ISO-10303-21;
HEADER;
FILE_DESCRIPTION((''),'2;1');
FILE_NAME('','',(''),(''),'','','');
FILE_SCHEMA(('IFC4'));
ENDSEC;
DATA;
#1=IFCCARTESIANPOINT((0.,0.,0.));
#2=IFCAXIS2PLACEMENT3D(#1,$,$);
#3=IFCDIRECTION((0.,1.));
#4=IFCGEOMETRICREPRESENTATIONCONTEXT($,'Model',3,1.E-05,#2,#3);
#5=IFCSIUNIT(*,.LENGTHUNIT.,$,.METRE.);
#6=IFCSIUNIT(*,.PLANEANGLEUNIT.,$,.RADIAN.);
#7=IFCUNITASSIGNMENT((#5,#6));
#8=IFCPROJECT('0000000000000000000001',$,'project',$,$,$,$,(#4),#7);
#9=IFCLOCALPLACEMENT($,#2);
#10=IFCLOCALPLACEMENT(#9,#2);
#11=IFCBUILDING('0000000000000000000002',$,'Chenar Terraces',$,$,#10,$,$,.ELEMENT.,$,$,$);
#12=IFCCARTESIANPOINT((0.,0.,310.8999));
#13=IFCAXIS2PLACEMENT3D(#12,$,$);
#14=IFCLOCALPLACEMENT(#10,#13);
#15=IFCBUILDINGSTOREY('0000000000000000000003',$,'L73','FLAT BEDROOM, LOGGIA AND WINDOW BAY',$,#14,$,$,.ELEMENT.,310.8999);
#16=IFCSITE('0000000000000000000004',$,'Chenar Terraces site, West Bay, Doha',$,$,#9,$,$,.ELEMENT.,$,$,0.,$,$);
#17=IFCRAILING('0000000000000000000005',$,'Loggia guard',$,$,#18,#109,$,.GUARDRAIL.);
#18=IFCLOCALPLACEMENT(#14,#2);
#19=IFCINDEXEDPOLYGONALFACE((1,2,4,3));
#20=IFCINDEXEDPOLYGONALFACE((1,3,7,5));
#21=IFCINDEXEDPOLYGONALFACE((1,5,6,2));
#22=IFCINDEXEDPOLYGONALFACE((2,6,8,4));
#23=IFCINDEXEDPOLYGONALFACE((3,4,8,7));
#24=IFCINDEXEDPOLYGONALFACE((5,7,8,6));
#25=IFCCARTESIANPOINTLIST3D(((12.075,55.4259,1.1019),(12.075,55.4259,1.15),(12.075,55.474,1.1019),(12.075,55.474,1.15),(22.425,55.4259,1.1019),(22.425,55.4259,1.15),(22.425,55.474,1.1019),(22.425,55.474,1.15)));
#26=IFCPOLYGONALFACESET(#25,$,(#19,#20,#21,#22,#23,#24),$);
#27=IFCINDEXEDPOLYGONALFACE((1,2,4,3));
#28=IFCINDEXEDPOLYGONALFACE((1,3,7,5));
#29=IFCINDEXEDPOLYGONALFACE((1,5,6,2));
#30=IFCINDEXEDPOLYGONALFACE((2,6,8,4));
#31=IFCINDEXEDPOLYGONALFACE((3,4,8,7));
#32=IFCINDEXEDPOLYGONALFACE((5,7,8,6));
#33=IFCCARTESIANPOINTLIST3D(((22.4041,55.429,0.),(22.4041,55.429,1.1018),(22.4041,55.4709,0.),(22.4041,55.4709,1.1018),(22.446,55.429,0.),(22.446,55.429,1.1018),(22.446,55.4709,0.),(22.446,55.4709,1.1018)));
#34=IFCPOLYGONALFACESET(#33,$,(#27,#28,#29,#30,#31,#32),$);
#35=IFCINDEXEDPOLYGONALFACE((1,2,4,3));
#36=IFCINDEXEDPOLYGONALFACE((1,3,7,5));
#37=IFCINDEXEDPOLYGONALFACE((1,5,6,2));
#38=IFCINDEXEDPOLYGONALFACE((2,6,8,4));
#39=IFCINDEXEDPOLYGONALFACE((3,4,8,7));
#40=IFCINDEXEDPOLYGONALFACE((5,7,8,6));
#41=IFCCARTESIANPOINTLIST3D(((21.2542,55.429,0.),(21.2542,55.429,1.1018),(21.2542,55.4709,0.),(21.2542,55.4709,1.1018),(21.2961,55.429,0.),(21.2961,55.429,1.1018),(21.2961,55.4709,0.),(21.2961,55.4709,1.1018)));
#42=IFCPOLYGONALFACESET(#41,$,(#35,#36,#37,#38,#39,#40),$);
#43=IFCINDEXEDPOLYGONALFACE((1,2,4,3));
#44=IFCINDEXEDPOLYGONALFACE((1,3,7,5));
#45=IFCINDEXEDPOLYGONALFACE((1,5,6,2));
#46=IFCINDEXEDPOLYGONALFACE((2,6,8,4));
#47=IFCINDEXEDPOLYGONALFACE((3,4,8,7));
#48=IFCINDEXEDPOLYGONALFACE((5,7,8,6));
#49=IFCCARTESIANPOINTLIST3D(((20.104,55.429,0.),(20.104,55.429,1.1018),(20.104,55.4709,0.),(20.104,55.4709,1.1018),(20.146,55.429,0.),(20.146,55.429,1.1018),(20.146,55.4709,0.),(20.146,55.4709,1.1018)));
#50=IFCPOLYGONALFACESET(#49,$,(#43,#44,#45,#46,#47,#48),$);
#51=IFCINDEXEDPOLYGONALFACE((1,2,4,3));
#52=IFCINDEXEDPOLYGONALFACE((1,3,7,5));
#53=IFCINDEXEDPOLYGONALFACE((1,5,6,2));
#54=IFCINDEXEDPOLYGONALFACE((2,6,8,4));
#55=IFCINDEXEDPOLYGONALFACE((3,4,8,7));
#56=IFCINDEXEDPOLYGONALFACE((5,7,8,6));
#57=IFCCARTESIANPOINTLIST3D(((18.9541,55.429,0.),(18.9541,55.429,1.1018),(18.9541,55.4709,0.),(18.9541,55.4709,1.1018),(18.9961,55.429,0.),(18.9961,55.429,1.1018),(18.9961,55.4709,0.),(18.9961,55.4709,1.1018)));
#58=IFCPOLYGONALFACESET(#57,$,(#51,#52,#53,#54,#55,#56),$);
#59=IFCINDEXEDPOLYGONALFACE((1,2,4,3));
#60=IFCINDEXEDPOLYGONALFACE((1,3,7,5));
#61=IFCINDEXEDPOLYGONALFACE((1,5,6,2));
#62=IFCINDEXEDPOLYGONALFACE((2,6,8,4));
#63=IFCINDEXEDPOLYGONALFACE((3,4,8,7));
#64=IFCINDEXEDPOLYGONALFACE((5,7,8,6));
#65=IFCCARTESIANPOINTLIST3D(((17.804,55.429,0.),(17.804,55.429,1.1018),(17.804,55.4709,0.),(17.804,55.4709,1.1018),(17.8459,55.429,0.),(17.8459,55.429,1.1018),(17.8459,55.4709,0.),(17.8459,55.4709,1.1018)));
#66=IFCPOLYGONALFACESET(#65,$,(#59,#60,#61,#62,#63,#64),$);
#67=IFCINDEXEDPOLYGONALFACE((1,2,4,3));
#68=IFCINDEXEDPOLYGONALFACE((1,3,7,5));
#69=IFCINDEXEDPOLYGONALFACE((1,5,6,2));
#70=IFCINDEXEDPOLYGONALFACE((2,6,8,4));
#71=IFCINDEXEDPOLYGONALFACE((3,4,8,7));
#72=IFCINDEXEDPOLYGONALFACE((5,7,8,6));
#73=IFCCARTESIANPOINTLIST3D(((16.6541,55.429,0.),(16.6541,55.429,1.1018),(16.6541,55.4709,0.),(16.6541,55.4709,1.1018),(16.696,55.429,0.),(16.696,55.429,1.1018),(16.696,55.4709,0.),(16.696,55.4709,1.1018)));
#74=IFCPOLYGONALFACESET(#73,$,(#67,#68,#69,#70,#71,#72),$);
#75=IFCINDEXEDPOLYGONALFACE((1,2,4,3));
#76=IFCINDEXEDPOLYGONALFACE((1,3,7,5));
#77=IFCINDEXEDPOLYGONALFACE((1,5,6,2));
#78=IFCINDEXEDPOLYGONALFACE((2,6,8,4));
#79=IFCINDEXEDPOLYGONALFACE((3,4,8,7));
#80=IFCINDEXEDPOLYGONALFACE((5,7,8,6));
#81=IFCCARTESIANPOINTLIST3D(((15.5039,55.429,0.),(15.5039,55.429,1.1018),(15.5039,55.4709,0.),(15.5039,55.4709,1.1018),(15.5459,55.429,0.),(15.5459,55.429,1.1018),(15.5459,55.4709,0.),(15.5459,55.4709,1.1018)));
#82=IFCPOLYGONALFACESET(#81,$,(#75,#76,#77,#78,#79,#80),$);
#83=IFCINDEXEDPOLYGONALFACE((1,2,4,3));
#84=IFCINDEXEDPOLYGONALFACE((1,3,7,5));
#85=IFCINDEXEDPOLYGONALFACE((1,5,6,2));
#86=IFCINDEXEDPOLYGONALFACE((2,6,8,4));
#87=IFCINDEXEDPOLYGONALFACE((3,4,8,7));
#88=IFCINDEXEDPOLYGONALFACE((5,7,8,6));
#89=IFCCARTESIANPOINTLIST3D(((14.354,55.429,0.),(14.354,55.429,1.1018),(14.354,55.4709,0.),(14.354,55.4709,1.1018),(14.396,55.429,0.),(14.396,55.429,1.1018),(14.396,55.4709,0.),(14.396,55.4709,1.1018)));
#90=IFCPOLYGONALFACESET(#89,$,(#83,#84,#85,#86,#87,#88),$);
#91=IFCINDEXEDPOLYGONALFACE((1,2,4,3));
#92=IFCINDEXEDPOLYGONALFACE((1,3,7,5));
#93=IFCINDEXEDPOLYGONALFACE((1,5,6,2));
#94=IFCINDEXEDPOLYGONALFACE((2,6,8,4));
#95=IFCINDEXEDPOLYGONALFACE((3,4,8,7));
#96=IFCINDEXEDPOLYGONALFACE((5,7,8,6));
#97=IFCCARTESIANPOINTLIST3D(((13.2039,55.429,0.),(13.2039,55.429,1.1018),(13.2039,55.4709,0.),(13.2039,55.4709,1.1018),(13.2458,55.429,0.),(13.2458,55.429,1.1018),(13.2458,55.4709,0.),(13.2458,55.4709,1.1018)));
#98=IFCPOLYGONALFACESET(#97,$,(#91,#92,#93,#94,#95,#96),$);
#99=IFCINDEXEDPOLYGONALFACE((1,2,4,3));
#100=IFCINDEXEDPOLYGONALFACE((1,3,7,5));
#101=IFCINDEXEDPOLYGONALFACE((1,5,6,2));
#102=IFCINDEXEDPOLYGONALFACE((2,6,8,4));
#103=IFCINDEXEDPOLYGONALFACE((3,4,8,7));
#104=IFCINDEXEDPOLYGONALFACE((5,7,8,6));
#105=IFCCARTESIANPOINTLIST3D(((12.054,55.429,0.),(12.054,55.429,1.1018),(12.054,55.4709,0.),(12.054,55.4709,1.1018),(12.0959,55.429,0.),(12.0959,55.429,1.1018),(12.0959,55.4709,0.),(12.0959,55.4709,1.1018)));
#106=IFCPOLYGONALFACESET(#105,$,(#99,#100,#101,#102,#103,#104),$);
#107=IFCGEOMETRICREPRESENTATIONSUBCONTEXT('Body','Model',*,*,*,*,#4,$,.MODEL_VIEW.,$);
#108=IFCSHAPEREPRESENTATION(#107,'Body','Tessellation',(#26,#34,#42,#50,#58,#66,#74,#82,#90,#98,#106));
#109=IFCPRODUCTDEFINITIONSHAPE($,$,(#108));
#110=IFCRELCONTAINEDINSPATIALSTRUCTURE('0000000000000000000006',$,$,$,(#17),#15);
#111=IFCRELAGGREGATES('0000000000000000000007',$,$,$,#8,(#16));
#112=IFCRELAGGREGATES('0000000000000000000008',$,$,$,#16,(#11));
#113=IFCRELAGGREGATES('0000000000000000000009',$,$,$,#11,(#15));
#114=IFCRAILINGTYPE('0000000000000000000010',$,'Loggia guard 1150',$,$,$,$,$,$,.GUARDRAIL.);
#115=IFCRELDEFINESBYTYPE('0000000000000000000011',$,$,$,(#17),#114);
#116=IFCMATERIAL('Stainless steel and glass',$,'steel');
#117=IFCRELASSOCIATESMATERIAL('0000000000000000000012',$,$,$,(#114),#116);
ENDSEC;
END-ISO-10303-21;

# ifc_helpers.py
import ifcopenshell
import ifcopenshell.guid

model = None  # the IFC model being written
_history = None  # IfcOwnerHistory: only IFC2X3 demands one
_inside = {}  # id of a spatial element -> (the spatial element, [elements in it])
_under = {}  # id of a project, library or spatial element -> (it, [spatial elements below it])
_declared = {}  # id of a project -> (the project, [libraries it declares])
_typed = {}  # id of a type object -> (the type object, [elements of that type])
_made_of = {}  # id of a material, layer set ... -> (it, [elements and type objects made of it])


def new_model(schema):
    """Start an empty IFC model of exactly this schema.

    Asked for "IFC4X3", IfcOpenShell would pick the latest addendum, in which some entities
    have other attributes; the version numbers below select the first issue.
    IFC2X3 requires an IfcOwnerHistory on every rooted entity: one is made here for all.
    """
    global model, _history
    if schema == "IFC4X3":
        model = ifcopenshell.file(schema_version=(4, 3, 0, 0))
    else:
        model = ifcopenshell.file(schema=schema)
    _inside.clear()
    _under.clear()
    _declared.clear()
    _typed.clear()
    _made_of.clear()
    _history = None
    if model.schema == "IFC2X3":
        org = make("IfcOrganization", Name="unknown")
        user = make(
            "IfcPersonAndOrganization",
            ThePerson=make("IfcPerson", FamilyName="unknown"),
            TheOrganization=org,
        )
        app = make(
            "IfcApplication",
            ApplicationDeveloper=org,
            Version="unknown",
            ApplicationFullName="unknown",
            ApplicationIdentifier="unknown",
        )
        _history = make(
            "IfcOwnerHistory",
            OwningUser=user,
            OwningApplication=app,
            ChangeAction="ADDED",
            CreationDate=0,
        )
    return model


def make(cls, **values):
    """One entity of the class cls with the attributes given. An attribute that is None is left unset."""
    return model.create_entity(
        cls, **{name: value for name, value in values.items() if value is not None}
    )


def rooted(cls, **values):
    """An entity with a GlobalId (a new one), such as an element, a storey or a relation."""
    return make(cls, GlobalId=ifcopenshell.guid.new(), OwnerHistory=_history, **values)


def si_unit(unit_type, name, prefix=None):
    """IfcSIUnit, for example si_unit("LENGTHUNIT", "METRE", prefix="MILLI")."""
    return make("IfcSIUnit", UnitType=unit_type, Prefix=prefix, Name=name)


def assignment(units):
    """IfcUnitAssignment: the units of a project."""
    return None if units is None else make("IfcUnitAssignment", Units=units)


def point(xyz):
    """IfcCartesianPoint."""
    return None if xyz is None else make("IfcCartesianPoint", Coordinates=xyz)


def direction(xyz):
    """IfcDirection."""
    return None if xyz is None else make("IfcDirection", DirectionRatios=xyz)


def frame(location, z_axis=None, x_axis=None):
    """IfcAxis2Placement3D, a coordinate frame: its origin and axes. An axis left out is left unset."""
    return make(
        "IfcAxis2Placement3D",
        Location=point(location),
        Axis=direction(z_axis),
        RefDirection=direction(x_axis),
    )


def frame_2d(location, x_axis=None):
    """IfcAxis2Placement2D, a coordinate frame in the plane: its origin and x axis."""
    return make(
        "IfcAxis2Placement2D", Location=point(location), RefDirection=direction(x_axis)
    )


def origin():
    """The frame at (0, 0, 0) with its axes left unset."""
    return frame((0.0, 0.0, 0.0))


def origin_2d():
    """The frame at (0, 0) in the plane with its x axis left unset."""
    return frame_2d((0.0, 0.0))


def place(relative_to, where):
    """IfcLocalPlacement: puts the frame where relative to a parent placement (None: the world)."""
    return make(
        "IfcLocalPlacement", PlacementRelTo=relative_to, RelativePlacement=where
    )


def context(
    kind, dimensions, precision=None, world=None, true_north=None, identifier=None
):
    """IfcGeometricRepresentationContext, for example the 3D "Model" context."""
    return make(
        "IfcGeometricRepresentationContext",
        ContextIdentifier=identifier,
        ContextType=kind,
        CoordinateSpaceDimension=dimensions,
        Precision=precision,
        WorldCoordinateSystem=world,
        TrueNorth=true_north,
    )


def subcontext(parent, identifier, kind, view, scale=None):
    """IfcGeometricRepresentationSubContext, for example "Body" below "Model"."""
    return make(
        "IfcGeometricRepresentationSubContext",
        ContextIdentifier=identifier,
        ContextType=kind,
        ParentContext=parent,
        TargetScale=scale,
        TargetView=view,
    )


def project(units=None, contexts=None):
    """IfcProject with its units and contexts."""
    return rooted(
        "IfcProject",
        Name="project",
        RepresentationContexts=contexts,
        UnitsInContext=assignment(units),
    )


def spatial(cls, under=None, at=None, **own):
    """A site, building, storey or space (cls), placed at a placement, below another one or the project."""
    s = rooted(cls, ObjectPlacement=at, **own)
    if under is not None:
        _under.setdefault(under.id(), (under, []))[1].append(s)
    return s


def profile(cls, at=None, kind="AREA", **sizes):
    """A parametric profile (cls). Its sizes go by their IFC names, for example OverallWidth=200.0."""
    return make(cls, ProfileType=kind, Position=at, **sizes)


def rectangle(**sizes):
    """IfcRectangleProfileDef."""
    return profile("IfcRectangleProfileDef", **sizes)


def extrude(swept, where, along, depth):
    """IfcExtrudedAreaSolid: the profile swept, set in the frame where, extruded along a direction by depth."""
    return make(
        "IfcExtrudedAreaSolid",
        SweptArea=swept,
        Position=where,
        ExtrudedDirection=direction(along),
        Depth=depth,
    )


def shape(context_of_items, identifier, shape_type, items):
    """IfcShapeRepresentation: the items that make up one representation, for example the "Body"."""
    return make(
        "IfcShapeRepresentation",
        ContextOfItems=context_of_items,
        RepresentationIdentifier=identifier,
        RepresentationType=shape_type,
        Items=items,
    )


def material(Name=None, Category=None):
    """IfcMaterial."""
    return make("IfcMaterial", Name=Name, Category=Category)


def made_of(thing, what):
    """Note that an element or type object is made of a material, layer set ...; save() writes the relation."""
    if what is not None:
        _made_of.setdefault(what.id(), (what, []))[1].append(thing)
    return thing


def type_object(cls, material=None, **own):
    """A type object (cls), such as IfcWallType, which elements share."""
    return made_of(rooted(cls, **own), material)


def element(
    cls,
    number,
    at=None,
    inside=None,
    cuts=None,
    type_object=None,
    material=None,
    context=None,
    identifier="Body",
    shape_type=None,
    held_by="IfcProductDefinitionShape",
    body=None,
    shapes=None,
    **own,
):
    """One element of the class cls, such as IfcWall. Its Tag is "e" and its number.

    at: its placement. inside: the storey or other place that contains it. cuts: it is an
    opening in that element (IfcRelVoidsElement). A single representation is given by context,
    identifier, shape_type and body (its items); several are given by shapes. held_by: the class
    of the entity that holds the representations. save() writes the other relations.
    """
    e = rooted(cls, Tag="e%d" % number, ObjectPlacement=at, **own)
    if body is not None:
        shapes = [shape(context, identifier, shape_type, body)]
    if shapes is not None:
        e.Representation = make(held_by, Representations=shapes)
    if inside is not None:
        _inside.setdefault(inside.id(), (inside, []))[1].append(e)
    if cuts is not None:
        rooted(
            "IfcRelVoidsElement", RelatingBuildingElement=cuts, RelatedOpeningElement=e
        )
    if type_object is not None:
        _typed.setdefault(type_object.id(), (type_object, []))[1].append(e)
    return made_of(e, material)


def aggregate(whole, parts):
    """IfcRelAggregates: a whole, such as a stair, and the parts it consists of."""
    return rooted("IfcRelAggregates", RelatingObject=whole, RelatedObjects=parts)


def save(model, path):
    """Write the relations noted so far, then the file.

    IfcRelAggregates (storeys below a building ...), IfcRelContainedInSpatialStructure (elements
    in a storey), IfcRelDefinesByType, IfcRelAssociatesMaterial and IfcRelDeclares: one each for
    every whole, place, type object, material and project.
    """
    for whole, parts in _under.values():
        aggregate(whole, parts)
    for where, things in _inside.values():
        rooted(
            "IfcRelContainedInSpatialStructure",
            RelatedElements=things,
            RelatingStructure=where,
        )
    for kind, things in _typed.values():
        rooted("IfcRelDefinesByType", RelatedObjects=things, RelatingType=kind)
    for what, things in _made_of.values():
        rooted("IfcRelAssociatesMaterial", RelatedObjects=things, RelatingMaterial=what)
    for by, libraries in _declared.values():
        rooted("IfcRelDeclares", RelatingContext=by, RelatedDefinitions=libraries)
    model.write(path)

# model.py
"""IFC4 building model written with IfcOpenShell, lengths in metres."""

from ifc_helpers import new_model, si_unit, direction, frame, origin, origin_2d, place, context, subcontext, project, spatial, rectangle, extrude, material, type_object, element, save


model = new_model("IFC4")

# Units and contexts
model_context = context("Model", 3, precision=1e-05, world=origin(), true_north=direction((0.0, 1.0)))
body_context = subcontext(model_context, "Body", "Model", "MODEL_VIEW")
ifc_project = project(units=[si_unit("LENGTHUNIT", "METRE"), si_unit("PLANEANGLEUNIT", "RADIAN")], contexts=[model_context])

# Site, building, storey
site_placement = place(None, origin())
site = spatial("IfcSite", under=ifc_project, at=site_placement, Name="Chenar Terraces site, West Bay, Doha", CompositionType="ELEMENT", RefElevation=0.0)
building_placement = place(site_placement, origin())
building = spatial("IfcBuilding", under=site, at=building_placement, Name="Chenar Terraces", CompositionType="ELEMENT")
storey_placement = place(building_placement, frame((0.0, 0.0, 310.8999)))
storey = spatial("IfcBuildingStorey", under=building, at=storey_placement, Name="L73", Description="FLAT BEDROOM, LOGGIA AND WINDOW BAY", CompositionType="ELEMENT", Elevation=310.8999)

# Railing
ifc_material_1 = material(Name="Stainless steel and glass", Category="steel")
railing_type_1 = type_object("IfcRailingType", Name="Loggia guard 1150", PredefinedType="GUARDRAIL", material=ifc_material_1)
railing_1_placement = place(storey_placement, frame((22.425, 55.45, 0.0)))
element("IfcRailing", 1, at=railing_1_placement, inside=storey, type_object=railing_type_1, Name="Loggia guard", PredefinedType="GUARDRAIL", context=body_context, shape_type="SweptSolid", body=[
    extrude(rectangle(XDim=0.0481, YDim=0.0481, at=origin_2d()), frame((0.0, 0.0, 1.126), z_axis=(-1.0, 0.0, 0.0), x_axis=(0.0, -1.0, 0.0)), (0.0, 0.0, 1.0), 10.3501),
    extrude(rectangle(XDim=0.042, YDim=0.042, at=origin_2d()), origin(), (0.0, 0.0, 1.0), 1.1018),
    extrude(rectangle(XDim=0.042, YDim=0.042, at=origin_2d()), frame((-1.1499, 0.0, 0.0)), (0.0, 0.0, 1.0), 1.1018),
    extrude(rectangle(XDim=0.042, YDim=0.042, at=origin_2d()), frame((-2.3, 0.0, 0.0)), (0.0, 0.0, 1.0), 1.1018),
    extrude(rectangle(XDim=0.042, YDim=0.042, at=origin_2d()), frame((-3.45, 0.0, 0.0)), (0.0, 0.0, 1.0), 1.1018),
    extrude(rectangle(XDim=0.042, YDim=0.042, at=origin_2d()), frame((-4.6001, 0.0, 0.0)), (0.0, 0.0, 1.0), 1.1018),
    extrude(rectangle(XDim=0.042, YDim=0.042, at=origin_2d()), frame((-5.75, 0.0, 0.0)), (0.0, 0.0, 1.0), 1.1018),
    extrude(rectangle(XDim=0.042, YDim=0.042, at=origin_2d()), frame((-6.9001, 0.0, 0.0)), (0.0, 0.0, 1.0), 1.1018),
    extrude(rectangle(XDim=0.042, YDim=0.042, at=origin_2d()), frame((-8.05, 0.0, 0.0)), (0.0, 0.0, 1.0), 1.1018),
    extrude(rectangle(XDim=0.042, YDim=0.042, at=origin_2d()), frame((-9.2002, 0.0, 0.0)), (0.0, 0.0, 1.0), 1.1018),
    extrude(rectangle(XDim=0.042, YDim=0.042, at=origin_2d()), frame((-10.3501, 0.0, 0.0)), (0.0, 0.0, 1.0), 1.1018),
])

save(model, "model.ifc")
